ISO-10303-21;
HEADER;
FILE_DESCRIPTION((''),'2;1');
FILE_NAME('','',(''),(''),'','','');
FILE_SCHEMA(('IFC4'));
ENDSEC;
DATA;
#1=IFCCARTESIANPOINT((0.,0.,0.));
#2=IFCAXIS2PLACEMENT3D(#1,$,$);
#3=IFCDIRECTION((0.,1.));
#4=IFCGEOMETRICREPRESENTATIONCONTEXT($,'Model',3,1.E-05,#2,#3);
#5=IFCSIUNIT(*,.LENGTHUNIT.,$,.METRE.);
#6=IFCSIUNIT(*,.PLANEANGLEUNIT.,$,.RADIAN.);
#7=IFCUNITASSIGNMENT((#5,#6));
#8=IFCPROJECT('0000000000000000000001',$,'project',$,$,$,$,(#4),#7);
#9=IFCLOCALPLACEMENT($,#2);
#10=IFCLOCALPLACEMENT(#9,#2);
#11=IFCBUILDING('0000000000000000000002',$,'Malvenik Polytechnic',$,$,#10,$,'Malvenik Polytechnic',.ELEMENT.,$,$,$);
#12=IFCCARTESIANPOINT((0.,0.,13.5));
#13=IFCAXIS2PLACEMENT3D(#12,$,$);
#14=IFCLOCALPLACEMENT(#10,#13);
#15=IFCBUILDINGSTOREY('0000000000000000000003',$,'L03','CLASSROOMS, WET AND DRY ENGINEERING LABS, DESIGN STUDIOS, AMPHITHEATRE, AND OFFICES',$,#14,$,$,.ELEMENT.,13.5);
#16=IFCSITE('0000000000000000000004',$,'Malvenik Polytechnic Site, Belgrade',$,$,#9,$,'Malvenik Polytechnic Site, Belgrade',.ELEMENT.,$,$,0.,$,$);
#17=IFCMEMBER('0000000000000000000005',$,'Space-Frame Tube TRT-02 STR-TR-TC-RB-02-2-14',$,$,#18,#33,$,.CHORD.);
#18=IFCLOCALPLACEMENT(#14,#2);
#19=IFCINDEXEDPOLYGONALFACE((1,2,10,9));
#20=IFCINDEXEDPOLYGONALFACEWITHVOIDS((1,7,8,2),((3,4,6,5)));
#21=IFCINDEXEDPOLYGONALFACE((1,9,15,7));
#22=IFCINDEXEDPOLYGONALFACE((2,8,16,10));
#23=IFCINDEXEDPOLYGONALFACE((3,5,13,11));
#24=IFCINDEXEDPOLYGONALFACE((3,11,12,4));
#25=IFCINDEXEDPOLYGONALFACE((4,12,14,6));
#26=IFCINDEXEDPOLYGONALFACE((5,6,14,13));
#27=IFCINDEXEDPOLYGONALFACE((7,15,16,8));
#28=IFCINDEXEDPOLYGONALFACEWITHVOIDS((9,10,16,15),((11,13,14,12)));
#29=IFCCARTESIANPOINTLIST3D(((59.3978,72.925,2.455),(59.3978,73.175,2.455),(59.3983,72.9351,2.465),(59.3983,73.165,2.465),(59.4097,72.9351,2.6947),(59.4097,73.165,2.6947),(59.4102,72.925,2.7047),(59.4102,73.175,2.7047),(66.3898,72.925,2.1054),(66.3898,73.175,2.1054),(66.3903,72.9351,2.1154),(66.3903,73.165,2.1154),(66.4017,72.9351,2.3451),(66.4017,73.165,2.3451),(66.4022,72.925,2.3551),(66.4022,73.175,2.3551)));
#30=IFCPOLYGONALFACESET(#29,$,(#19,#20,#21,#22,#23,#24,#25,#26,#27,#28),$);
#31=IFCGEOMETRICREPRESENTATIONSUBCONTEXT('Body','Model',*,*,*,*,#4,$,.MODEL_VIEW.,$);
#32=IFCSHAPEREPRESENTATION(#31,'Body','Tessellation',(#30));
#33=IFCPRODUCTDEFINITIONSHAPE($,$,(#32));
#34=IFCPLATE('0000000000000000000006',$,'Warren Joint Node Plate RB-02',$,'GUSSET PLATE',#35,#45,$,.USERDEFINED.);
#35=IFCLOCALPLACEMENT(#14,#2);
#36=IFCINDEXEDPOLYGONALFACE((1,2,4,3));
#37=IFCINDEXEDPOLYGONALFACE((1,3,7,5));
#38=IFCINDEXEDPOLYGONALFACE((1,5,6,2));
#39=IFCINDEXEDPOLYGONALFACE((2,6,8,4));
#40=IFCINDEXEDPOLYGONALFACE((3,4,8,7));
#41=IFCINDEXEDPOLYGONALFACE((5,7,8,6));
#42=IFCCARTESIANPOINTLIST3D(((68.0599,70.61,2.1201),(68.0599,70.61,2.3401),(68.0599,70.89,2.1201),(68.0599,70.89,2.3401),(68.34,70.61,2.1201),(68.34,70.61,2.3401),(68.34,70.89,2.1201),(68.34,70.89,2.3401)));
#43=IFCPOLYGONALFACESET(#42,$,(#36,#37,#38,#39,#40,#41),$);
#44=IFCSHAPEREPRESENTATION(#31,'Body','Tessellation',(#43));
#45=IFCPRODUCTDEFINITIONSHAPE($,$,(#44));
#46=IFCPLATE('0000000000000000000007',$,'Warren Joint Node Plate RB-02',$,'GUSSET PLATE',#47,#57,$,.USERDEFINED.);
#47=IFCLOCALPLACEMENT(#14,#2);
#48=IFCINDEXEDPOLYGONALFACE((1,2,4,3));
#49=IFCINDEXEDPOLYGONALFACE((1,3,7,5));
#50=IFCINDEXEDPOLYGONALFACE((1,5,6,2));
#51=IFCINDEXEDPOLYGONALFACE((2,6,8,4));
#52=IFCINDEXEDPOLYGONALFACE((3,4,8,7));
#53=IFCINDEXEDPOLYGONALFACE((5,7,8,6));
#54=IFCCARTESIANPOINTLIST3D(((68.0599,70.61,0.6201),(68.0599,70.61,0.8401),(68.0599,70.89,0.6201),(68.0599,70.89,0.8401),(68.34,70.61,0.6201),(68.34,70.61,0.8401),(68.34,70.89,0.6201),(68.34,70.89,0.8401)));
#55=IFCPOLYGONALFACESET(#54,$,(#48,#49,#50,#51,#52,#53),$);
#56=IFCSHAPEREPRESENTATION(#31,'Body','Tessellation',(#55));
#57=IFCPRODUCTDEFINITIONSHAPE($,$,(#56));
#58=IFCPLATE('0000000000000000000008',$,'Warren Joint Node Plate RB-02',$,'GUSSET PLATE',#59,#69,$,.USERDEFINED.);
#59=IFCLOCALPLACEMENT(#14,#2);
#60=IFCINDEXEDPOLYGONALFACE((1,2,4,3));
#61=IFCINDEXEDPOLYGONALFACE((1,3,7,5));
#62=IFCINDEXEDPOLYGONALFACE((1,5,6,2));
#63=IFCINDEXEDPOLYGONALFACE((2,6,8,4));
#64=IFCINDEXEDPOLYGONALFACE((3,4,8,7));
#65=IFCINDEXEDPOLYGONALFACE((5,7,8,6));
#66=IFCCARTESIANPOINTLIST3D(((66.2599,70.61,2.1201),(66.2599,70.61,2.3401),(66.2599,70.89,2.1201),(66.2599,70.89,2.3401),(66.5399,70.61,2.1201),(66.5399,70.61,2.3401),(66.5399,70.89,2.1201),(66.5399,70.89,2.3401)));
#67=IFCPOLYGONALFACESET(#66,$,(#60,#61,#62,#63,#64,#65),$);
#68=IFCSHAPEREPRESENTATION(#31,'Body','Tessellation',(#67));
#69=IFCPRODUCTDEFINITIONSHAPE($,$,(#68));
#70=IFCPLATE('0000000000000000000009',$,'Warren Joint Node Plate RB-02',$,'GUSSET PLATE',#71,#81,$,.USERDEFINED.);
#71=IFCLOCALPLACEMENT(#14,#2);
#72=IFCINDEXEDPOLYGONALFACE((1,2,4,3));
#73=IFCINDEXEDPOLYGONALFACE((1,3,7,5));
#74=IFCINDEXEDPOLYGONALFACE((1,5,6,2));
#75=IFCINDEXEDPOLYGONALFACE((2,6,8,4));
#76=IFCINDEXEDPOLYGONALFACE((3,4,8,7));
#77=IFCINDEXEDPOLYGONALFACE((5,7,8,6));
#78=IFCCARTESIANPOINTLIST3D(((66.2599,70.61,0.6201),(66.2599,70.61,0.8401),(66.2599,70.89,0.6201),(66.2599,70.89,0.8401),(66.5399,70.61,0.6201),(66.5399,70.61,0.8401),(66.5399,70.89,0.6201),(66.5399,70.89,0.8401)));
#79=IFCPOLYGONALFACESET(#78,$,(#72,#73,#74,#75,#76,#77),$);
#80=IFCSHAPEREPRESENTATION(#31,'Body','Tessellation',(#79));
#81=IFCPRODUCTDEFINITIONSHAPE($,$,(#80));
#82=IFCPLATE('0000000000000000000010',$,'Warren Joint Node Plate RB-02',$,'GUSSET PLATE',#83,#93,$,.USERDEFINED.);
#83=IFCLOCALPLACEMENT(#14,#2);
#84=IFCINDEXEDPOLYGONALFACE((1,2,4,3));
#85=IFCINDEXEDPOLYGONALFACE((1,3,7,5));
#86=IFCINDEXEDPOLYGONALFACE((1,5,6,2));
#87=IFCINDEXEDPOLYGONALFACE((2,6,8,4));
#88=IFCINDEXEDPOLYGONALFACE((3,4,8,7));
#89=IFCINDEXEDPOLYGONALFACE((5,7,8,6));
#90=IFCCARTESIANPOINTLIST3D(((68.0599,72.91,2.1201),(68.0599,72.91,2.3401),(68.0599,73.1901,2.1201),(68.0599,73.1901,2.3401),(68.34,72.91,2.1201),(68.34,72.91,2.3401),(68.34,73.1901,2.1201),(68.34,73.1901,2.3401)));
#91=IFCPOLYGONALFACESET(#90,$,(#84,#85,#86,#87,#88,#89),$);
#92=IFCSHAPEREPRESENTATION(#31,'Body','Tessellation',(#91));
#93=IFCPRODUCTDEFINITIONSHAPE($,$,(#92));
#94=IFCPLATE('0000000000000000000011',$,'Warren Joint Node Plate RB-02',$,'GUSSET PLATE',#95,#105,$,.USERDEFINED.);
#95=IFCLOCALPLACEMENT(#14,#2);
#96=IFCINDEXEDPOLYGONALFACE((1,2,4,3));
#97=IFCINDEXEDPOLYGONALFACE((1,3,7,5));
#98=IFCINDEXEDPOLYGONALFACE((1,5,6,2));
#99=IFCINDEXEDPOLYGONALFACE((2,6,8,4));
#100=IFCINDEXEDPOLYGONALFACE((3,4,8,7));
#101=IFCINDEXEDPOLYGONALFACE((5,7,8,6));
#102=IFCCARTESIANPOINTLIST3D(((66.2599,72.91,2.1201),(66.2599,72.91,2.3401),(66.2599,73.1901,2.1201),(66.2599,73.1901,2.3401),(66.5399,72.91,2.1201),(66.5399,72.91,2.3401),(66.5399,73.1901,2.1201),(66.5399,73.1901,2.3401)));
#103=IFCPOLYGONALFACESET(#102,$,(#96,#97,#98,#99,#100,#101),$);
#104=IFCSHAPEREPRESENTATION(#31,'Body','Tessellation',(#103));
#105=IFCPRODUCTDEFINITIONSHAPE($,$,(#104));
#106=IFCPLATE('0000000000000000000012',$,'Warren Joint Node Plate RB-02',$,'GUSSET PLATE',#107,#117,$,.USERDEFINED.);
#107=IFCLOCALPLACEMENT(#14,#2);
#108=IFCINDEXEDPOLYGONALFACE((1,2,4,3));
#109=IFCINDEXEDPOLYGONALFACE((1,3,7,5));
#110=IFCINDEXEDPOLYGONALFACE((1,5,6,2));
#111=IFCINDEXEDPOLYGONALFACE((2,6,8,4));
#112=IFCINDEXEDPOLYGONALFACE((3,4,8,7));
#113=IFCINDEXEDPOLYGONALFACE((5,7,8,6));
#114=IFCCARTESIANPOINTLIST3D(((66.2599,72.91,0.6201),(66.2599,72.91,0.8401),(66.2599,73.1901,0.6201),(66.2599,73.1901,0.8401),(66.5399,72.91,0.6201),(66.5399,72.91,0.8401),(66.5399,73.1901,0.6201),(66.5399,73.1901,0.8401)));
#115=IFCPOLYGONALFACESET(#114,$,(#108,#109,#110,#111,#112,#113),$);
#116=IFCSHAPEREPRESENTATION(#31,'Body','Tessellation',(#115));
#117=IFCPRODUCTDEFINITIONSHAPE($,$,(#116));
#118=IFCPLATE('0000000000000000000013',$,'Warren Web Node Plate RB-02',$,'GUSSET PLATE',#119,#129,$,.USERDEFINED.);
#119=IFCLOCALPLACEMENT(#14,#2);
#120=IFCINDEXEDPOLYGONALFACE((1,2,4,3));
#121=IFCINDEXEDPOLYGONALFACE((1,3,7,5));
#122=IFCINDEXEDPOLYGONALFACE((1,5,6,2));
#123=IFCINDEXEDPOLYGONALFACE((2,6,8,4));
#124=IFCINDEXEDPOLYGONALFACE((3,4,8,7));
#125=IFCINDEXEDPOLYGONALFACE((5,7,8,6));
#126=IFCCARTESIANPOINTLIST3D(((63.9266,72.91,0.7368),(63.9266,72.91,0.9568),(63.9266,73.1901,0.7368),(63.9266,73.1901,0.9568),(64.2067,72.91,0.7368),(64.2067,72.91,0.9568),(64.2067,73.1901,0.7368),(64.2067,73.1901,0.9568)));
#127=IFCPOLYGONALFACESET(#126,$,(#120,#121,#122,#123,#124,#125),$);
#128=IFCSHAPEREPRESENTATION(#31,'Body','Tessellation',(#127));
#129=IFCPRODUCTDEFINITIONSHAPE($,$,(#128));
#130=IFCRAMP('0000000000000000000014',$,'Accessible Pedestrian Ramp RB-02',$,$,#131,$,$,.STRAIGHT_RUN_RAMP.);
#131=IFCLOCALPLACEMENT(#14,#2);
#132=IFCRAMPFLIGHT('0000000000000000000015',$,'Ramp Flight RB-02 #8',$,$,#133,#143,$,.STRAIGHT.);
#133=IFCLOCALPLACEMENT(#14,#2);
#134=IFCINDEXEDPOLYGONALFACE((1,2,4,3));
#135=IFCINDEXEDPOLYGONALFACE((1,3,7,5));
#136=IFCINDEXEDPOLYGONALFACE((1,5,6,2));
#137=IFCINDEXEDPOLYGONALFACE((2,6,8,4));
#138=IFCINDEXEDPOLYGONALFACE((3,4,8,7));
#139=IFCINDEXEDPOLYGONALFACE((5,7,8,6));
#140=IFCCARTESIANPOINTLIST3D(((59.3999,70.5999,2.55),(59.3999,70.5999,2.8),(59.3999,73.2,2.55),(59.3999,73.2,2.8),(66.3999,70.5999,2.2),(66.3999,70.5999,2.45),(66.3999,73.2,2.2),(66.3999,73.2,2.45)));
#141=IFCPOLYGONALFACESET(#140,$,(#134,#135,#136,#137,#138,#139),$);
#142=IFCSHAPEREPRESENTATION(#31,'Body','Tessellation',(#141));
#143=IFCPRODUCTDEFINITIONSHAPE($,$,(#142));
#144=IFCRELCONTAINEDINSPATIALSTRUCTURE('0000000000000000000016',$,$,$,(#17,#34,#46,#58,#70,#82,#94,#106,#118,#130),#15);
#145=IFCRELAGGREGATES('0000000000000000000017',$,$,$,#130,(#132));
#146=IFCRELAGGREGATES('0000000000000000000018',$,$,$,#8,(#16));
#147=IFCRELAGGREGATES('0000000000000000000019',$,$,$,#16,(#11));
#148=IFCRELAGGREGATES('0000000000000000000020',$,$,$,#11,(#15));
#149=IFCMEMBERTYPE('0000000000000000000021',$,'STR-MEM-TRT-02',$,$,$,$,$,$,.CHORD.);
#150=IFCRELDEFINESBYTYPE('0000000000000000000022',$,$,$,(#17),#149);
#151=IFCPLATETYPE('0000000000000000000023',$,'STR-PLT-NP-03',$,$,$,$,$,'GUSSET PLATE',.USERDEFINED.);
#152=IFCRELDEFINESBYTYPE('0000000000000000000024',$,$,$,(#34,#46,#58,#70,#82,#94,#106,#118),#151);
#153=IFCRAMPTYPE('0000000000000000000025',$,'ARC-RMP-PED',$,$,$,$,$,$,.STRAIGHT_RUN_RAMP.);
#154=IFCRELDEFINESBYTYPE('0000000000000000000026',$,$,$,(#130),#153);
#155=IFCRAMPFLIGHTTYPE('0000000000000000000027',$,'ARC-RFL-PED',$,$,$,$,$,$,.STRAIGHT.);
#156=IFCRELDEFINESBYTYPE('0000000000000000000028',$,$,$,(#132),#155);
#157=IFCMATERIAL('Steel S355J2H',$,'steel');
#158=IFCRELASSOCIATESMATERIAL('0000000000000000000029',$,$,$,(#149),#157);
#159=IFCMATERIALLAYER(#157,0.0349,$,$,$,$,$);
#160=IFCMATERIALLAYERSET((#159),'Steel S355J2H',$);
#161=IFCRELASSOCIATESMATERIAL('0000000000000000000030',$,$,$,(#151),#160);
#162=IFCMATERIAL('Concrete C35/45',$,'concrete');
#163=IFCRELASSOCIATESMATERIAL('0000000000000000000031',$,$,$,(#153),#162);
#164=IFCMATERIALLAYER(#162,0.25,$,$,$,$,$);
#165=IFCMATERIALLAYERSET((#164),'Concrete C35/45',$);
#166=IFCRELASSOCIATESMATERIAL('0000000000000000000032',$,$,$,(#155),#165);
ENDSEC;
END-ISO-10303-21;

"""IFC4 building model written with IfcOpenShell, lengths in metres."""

from ifc_helpers import new_model, si_unit, direction, frame, origin, origin_2d, place, context, subcontext, project, spatial, polyline, rectangle, hollow_rectangle, outline, extrude, material, layer, layer_set, material_profile, profile_set, type_object, element, aggregate, save


model = new_model("IFC4")

# Units and contexts
model_context = context("Model", 3, precision=1e-05, world=origin(), true_north=direction((0.0, 1.0)))
body_context = subcontext(model_context, "Body", "Model", "MODEL_VIEW")
ifc_project = project(units=[si_unit("LENGTHUNIT", "METRE"), si_unit("PLANEANGLEUNIT", "RADIAN")], contexts=[model_context])

# Site, building, storey
site_placement = place(None, origin())
site = spatial("IfcSite", under=ifc_project, at=site_placement, Name="Malvenik Polytechnic Site, Belgrade", LongName="Malvenik Polytechnic Site, Belgrade", CompositionType="ELEMENT", RefElevation=0.0)
building_placement = place(site_placement, origin())
building = spatial("IfcBuilding", under=site, at=building_placement, Name="Malvenik Polytechnic", LongName="Malvenik Polytechnic", CompositionType="ELEMENT")
storey_placement = place(building_placement, frame((0.0, 0.0, 13.5)))
storey = spatial("IfcBuildingStorey", under=building, at=storey_placement, Name="L03", Description="CLASSROOMS, WET AND DRY ENGINEERING LABS, DESIGN STUDIOS, AMPHITHEATRE, AND OFFICES", CompositionType="ELEMENT", Elevation=13.5)

# Shared definitions
ifc_material_1 = material(Name="Steel S355J2H", Category="steel")

# Member
ifc_material_profile_1 = material_profile(ifc_material_1, hollow_rectangle(XDim=0.25, YDim=0.25, WallThickness=0.01, at=origin_2d()), Name="SHS 250x250x10.0")
ifc_profile_set_1 = profile_set([ifc_material_profile_1], Name="Steel S355J2H")
member_type_1 = type_object("IfcMemberType", Name="STR-MEM-TRT-02", PredefinedType="CHORD", material=ifc_profile_set_1)
member_1_placement = place(storey_placement, frame((66.396, 73.05, 2.2302), z_axis=(-0.998752, 0.0, 0.049939), x_axis=(0.0, -1.0, 0.0)))
element("IfcMember", 1, at=member_1_placement, inside=storey, type_object=member_type_1, Name="Space-Frame Tube TRT-02 STR-TR-TC-RB-02-2-14", PredefinedType="CHORD", context=body_context, shape_type="SweptSolid", body=[
    extrude(hollow_rectangle(XDim=0.25, YDim=0.25, WallThickness=0.01, at=origin_2d()), origin(), (0.0, 0.0, 1.0), 7.0007),
])

# Plates
ifc_layer_1 = layer(ifc_material_1, 0.0349)
ifc_layer_set_1 = layer_set([ifc_layer_1], Name="Steel S355J2H")
plate_type = type_object("IfcPlateType", Name="STR-PLT-NP-03", ElementType="GUSSET PLATE", PredefinedType="USERDEFINED", material=ifc_layer_set_1)
for number, where, z_axis, x_axis, name in (
    (2, (68.2, 70.75, 2.1201), (0.0, 0.0, 1.0), (1.0, 0.0, 0.0), "Warren Joint Node Plate RB-02"),
    (3, (68.2, 70.75, 0.6201), (0.0, 0.0, 1.0), (1.0, 0.0, 0.0), "Warren Joint Node Plate RB-02"),
    (4, (66.3999, 70.75, 2.1201), (0.0, 0.0, 1.0), (1.0, 0.0, 0.0), "Warren Joint Node Plate RB-02"),
    (5, (66.3999, 70.75, 0.6201), (0.0, 0.0, 1.0), (1.0, 0.0, 0.0), "Warren Joint Node Plate RB-02"),
    (6, (68.2, 73.05, 2.1201), (0.0, 0.0, 1.0), (1.0, 0.0, 0.0), "Warren Joint Node Plate RB-02"),
    (7, (66.3999, 73.05, 2.1201), (0.0, 0.0, 1.0), (1.0, 0.0, 0.0), "Warren Joint Node Plate RB-02"),
    (8, (66.3999, 73.05, 0.6201), (0.0, 0.0, 1.0), (1.0, 0.0, 0.0), "Warren Joint Node Plate RB-02"),
    (9, (64.0667, 73.05, 0.7368), (0.0, 0.0, 1.0), (1.0, 0.0, 0.0), "Warren Web Node Plate RB-02"),
):
    element("IfcPlate", number, at=place(storey_placement, frame(where, z_axis=z_axis, x_axis=x_axis)), inside=storey, type_object=plate_type, Name=name, ObjectType="GUSSET PLATE", PredefinedType="USERDEFINED", context=body_context, shape_type="SweptSolid", body=[
        extrude(rectangle(XDim=0.28, YDim=0.28, at=origin_2d()), origin(), (0.0, 0.0, 1.0), 0.22),
    ])

# Ramp, ramp flight
ifc_material_2 = material(Name="Concrete C35/45", Category="concrete")
ramp_type = type_object("IfcRampType", Name="ARC-RMP-PED", PredefinedType="STRAIGHT_RUN_RAMP", material=ifc_material_2)
ramp_placement = place(storey_placement, origin())
ramp = element("IfcRamp", 10, at=ramp_placement, inside=storey, type_object=ramp_type, Name="Accessible Pedestrian Ramp RB-02", PredefinedType="STRAIGHT_RUN_RAMP")
ifc_layer_2 = layer(ifc_material_2, 0.25)
ifc_layer_set_2 = layer_set([ifc_layer_2], Name="Concrete C35/45")
ramp_flight_type = type_object("IfcRampFlightType", Name="ARC-RFL-PED", PredefinedType="STRAIGHT", material=ifc_layer_set_2)
ramp_flight_placement = place(storey_placement, frame((66.3999, 71.8999, 2.45), z_axis=(0.0, 0.0, 1.0), x_axis=(-1.0, 0.0, 0.0)))
ramp_flight = element("IfcRampFlight", 11, at=ramp_flight_placement, type_object=ramp_flight_type, Name="Ramp Flight RB-02 #8", PredefinedType="STRAIGHT", context=body_context, shape_type="SweptSolid", body=[
    extrude(outline(polyline([(0.0, -0.25), (7.0, 0.1001), (7.0, 0.3501), (0.0, 0.0), (0.0, -0.25)])), frame((0.0, 1.3, 0.0), z_axis=(0.0, -1.0, 0.0), x_axis=(1.0, 0.0, 0.0)), (0.0, 0.0, 1.0), 2.6001),
])
aggregate(ramp, [ramp_flight])

save(model, "model.ifc")
